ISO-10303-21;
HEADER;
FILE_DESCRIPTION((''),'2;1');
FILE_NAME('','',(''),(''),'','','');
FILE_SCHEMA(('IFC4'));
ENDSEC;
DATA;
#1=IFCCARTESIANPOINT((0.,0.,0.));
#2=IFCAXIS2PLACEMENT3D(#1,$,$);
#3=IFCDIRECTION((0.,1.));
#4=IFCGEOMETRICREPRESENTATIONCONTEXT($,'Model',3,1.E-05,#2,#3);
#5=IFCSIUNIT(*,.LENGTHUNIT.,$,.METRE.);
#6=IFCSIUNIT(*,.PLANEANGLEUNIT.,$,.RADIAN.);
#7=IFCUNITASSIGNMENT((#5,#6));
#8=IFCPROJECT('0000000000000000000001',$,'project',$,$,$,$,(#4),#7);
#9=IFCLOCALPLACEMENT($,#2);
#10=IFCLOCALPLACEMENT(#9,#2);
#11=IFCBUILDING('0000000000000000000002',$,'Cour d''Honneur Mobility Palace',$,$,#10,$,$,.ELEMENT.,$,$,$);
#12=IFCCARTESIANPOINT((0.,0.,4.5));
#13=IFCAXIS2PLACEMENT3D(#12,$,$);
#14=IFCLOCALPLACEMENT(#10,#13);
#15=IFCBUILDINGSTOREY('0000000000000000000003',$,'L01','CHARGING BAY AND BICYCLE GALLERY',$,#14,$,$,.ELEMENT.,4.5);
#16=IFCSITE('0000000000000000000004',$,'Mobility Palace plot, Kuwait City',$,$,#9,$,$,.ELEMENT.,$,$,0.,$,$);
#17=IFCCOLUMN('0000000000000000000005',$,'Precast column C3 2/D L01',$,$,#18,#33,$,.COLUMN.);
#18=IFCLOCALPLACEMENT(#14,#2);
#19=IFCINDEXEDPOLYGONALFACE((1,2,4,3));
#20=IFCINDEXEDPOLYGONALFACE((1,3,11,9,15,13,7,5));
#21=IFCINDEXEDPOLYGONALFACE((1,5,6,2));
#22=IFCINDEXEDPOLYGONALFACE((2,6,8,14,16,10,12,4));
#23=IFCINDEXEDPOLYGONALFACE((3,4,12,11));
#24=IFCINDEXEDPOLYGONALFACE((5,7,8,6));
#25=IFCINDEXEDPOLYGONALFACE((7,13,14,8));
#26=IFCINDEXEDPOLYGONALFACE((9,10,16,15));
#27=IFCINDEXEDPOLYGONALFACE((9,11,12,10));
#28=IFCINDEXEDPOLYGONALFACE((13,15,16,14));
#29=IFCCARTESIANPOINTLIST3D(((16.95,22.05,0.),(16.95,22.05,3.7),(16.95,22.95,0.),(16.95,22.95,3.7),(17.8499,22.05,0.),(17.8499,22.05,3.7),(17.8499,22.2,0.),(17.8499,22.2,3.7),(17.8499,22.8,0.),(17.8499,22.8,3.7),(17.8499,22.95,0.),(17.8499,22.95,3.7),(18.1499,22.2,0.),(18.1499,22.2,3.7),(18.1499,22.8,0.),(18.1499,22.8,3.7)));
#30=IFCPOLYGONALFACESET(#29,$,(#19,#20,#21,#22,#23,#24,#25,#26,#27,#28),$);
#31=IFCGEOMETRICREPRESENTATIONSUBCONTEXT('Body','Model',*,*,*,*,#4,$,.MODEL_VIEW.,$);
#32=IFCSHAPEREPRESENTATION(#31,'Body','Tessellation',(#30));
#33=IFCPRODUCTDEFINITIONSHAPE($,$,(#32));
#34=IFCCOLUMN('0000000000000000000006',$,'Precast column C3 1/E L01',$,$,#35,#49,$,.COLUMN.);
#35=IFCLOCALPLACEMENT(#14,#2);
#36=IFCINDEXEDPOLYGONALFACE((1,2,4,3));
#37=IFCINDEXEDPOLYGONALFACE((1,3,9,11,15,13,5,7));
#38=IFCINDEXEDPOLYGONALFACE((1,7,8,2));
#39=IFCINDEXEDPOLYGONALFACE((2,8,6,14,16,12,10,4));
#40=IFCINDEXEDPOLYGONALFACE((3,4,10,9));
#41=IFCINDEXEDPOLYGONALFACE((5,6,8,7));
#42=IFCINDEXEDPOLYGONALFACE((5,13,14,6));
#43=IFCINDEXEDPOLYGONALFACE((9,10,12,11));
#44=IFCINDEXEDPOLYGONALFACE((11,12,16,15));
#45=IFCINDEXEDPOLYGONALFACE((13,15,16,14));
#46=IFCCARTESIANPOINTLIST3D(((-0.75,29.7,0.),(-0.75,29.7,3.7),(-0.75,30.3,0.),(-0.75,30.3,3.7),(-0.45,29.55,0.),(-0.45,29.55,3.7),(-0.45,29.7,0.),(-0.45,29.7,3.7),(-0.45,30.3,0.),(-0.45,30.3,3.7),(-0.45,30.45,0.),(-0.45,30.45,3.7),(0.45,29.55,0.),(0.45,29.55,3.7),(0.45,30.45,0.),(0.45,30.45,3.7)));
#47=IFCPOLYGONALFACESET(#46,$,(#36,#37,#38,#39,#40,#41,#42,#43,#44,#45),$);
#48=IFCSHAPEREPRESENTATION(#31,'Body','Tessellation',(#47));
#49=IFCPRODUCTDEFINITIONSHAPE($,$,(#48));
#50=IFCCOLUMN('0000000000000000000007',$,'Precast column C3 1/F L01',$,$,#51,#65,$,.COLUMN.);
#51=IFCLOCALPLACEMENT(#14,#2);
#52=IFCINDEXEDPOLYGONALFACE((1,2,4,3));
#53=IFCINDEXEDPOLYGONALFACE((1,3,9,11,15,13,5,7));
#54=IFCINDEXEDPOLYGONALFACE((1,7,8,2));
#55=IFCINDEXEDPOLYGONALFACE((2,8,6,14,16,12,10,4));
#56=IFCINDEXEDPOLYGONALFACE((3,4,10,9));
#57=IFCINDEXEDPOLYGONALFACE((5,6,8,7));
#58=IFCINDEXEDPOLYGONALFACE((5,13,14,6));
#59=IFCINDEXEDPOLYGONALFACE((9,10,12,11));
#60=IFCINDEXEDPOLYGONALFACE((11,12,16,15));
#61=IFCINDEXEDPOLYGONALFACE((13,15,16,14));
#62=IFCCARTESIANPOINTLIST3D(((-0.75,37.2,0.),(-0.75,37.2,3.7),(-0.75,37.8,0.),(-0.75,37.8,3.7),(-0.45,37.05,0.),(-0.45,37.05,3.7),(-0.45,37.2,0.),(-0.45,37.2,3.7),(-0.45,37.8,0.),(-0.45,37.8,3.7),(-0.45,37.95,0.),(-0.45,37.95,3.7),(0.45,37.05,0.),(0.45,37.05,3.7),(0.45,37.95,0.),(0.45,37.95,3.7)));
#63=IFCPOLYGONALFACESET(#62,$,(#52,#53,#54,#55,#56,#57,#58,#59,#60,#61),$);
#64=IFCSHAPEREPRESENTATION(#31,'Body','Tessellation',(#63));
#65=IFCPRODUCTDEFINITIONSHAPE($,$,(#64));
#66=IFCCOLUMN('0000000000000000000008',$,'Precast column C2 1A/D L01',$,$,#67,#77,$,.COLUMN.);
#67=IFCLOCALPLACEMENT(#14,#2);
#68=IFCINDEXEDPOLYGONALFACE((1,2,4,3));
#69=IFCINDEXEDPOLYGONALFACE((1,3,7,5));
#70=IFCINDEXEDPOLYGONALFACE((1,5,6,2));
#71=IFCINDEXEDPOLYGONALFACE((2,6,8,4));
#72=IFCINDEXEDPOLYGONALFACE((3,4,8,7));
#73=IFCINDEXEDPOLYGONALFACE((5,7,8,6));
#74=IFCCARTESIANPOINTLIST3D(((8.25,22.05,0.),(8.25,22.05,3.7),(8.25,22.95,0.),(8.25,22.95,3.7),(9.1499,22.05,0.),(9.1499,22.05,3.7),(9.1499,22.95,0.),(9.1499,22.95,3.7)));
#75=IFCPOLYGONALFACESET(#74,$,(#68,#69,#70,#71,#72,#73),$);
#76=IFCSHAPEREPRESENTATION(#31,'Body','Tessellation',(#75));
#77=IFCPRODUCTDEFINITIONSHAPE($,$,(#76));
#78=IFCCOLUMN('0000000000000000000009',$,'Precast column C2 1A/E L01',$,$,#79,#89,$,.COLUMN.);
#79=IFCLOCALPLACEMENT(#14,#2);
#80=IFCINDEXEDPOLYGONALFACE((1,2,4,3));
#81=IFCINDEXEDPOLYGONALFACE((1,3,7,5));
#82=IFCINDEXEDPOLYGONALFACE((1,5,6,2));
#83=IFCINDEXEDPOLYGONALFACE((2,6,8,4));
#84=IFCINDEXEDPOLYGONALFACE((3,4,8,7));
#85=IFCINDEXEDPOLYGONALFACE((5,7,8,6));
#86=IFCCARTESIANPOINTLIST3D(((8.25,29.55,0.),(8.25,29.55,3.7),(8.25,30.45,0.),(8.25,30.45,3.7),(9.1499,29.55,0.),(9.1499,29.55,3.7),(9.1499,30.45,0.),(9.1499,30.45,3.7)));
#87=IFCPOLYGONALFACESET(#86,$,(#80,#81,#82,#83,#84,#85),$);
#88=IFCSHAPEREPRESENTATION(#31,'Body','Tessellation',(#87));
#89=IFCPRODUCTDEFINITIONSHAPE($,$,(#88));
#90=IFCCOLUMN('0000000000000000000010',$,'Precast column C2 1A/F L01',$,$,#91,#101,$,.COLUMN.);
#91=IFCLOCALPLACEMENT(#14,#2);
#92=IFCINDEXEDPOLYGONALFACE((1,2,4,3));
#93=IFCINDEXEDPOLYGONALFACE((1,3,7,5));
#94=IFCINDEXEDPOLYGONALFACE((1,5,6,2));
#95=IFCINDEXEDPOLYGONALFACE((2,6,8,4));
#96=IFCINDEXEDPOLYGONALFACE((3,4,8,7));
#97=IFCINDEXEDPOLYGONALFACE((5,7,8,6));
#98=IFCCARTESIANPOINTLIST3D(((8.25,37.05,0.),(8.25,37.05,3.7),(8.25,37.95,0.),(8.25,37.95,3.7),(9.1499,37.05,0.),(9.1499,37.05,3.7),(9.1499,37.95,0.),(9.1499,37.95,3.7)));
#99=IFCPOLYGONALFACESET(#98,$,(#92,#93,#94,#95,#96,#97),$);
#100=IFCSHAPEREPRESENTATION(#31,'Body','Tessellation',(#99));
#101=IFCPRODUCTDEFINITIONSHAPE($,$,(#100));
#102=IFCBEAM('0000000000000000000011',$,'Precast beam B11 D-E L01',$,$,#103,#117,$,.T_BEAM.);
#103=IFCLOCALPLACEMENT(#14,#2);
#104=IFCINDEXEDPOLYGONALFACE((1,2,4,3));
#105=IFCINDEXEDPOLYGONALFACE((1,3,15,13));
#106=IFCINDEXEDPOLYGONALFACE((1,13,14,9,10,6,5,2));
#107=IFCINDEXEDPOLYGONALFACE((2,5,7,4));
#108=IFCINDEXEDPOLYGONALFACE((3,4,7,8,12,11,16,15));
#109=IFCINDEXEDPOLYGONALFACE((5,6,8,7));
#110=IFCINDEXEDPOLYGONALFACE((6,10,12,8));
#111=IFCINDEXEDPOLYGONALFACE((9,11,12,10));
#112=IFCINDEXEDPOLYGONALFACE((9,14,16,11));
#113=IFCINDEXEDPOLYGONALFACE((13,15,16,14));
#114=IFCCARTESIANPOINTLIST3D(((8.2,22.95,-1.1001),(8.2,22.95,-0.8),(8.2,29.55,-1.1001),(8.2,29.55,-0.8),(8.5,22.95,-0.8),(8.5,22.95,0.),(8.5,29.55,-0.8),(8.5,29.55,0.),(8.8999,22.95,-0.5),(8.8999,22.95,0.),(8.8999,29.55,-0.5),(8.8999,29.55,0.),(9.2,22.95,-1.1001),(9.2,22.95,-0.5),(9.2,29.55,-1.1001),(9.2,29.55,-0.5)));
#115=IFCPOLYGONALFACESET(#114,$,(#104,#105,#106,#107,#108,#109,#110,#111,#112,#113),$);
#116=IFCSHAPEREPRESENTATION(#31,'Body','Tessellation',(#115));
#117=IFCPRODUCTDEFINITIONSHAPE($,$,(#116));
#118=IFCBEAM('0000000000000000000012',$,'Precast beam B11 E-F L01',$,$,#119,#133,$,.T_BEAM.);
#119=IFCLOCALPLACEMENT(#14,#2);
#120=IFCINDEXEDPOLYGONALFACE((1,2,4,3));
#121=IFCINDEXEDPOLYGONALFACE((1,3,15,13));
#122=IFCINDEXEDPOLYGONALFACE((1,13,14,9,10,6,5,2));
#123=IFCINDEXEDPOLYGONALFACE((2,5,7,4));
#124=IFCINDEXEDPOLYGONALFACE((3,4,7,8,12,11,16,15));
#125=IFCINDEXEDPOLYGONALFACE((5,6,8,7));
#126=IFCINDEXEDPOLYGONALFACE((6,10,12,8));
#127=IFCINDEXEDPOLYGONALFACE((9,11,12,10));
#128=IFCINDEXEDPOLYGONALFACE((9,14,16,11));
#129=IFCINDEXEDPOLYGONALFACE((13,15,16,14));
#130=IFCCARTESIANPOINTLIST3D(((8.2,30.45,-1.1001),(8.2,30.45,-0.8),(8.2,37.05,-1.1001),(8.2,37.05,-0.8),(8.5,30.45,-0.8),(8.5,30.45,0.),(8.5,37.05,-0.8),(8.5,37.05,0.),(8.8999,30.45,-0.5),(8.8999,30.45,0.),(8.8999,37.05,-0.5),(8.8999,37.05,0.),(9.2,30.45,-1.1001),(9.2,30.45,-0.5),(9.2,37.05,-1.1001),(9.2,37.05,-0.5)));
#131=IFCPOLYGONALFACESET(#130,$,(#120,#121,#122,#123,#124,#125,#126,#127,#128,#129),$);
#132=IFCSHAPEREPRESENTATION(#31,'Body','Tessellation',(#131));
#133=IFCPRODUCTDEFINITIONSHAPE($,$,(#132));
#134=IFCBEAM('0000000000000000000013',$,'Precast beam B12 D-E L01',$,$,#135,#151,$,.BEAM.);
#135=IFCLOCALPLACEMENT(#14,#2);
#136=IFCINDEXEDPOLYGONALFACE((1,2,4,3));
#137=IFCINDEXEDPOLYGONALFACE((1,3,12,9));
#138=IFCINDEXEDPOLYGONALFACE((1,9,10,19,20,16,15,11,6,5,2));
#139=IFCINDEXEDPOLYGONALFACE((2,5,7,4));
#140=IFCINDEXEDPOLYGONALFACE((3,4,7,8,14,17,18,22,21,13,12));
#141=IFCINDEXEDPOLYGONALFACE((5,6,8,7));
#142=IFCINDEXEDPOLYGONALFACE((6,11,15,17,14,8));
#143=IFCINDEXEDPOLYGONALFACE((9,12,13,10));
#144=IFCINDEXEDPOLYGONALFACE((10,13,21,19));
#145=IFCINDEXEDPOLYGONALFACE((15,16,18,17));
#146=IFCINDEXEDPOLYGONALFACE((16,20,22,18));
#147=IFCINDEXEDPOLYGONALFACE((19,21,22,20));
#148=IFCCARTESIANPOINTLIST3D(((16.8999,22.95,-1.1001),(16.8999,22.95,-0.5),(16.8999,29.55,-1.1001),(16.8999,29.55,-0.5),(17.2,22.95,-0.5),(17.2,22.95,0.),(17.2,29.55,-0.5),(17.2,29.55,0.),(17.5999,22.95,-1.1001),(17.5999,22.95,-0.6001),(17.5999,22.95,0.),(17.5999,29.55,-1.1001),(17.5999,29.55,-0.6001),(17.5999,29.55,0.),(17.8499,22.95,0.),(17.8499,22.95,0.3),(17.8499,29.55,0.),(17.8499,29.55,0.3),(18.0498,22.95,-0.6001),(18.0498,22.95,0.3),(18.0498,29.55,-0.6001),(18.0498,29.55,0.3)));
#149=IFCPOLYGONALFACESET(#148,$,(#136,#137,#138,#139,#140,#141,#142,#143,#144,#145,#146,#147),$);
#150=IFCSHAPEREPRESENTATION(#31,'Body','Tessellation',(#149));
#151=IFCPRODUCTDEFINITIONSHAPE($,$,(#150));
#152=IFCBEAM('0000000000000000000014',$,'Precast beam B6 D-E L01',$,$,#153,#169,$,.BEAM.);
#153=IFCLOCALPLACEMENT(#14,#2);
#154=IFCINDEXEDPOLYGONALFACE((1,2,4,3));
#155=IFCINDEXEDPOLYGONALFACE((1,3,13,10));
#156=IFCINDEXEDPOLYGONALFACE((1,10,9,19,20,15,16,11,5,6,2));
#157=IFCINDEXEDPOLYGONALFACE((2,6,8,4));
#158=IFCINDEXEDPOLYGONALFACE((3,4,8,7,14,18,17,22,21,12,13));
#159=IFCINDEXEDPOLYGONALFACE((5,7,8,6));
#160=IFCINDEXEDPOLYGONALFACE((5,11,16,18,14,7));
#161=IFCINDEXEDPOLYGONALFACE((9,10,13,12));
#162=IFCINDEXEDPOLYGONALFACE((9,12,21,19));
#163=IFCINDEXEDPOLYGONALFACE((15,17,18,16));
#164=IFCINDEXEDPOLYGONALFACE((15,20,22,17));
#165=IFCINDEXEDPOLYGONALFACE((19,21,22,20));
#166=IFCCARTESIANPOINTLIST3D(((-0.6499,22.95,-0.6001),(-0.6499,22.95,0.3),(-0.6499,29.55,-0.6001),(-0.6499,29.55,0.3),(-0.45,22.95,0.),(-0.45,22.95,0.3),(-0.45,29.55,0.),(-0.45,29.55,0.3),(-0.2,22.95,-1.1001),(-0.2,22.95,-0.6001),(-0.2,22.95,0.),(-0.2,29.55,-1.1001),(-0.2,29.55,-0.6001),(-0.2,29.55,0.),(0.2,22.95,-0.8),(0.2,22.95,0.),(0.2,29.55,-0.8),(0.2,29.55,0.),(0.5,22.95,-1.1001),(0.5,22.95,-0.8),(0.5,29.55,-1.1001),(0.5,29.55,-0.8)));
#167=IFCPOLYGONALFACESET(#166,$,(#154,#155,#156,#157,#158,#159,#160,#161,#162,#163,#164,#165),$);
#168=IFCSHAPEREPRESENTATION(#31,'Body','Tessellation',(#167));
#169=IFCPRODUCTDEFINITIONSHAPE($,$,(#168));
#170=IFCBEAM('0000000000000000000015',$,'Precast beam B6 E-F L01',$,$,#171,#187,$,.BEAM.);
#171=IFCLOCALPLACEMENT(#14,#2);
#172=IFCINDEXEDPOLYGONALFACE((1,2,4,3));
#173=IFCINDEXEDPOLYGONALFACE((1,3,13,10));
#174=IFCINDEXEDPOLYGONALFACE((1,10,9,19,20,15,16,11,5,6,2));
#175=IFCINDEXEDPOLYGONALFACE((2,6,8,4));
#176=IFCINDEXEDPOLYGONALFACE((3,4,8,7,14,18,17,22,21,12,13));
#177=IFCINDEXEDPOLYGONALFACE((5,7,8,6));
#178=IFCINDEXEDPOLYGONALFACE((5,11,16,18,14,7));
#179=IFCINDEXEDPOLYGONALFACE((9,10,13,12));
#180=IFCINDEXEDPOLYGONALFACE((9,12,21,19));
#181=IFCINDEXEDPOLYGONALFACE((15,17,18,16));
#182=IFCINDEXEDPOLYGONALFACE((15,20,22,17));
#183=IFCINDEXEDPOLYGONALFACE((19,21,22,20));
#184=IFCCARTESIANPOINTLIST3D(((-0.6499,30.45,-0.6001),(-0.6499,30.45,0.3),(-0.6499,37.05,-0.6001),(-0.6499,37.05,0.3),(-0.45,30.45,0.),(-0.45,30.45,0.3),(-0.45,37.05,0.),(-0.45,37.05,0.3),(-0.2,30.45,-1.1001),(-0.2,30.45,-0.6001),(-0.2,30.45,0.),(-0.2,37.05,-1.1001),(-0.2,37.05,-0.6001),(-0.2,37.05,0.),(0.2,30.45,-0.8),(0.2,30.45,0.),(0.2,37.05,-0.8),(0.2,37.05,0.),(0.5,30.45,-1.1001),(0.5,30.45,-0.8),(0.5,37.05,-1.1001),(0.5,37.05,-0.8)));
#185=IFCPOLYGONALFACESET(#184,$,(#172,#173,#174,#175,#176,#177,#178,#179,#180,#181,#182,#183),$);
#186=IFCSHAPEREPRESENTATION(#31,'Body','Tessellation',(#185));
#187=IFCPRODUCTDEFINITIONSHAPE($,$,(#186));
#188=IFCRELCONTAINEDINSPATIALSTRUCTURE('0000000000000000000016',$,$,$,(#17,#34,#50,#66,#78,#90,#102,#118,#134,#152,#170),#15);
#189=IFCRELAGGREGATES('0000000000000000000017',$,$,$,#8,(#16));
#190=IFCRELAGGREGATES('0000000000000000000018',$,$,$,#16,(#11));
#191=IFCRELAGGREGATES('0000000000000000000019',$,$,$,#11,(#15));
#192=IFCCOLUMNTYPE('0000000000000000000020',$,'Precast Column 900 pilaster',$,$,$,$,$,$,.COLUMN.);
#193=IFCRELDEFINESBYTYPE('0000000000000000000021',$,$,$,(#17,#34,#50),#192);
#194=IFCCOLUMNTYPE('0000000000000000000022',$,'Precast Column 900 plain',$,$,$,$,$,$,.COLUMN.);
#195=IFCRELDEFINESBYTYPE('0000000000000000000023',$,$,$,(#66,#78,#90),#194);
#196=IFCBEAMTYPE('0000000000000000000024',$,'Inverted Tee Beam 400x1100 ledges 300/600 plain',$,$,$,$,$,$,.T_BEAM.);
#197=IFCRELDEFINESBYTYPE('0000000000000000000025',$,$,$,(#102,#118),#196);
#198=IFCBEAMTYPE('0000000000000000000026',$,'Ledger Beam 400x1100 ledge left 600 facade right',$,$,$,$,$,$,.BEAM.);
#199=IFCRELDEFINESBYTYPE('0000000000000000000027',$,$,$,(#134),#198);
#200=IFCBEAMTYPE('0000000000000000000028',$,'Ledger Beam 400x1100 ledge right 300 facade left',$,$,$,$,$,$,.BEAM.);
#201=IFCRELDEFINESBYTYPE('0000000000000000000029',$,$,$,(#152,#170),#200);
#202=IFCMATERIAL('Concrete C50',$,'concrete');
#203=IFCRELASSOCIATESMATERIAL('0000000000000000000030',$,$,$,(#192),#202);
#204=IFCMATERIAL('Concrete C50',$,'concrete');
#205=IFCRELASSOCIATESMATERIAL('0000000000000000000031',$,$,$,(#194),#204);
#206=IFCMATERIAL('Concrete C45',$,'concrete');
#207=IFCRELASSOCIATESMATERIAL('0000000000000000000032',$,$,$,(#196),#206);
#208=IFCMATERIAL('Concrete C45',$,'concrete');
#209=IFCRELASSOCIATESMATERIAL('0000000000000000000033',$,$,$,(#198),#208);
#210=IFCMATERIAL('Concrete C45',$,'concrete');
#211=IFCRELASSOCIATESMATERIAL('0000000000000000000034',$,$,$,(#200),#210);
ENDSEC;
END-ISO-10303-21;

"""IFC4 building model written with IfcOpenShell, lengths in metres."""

from ifc_helpers import new_model, si_unit, direction, frame, origin, place, context, subcontext, project, spatial, polyline, outline, extrude, material, material_profile, profile_set, type_object, element, save


model = new_model("IFC4")

# Units and contexts
model_context = context("Model", 3, precision=1e-05, world=origin(), true_north=direction((0.0, 1.0)))
body_context = subcontext(model_context, "Body", "Model", "MODEL_VIEW")
ifc_project = project(units=[si_unit("LENGTHUNIT", "METRE"), si_unit("PLANEANGLEUNIT", "RADIAN")], contexts=[model_context])

# Site, building, storey
site_placement = place(None, origin())
site = spatial("IfcSite", under=ifc_project, at=site_placement, Name="Mobility Palace plot, Kuwait City", CompositionType="ELEMENT", RefElevation=0.0)
building_placement = place(site_placement, origin())
building = spatial("IfcBuilding", under=site, at=building_placement, Name="Cour d'Honneur Mobility Palace", CompositionType="ELEMENT")
storey_placement = place(building_placement, frame((0.0, 0.0, 4.5)))
storey = spatial("IfcBuildingStorey", under=building, at=storey_placement, Name="L01", Description="CHARGING BAY AND BICYCLE GALLERY", CompositionType="ELEMENT", Elevation=4.5)

# Columns
ifc_material_1 = material(Name="Concrete C50", Category="concrete")
ifc_material_profile_1 = material_profile(ifc_material_1, outline(polyline([(-0.45, -0.45), (0.45, -0.45), (0.45, -0.3), (0.75, -0.3), (0.75, 0.3), (0.45, 0.3), (0.45, 0.45), (-0.45, 0.45), (-0.45, -0.45)])), Name="PC C900 pilaster")
ifc_profile_set_1 = profile_set([ifc_material_profile_1], Name="Concrete C50")
column_type_1 = type_object("IfcColumnType", Name="Precast Column 900 pilaster", PredefinedType="COLUMN", material=ifc_profile_set_1)
for number, where, z_axis, x_axis, name in (
    (1, (17.3999, 22.5, 0.0), (0.0, 0.0, 1.0), (1.0, 0.0, 0.0), "Precast column C3 2/D L01"),
    (2, (0.0, 30.0, 0.0), (0.0, 0.0, 1.0), (-1.0, 0.0, 0.0), "Precast column C3 1/E L01"),
    (3, (0.0, 37.5, 0.0), (0.0, 0.0, 1.0), (-1.0, 0.0, 0.0), "Precast column C3 1/F L01"),
):
    element("IfcColumn", number, at=place(storey_placement, frame(where, z_axis=z_axis, x_axis=x_axis)), inside=storey, type_object=column_type_1, Name=name, PredefinedType="COLUMN", context=body_context, shape_type="SweptSolid", body=[
        extrude(outline(polyline([(-0.45, -0.45), (0.45, -0.45), (0.45, -0.3), (0.75, -0.3), (0.75, 0.3), (0.45, 0.3), (0.45, 0.45), (-0.45, 0.45), (-0.45, -0.45)])), origin(), (0.0, 0.0, 1.0), 3.7),
    ])
ifc_material_2 = material(Name="Concrete C50", Category="concrete")
ifc_material_profile_2 = material_profile(ifc_material_2, outline(polyline([(-0.45, -0.45), (0.45, -0.45), (0.45, 0.45), (-0.45, 0.45), (-0.45, -0.45)])), Name="PC C900 plain")
ifc_profile_set_2 = profile_set([ifc_material_profile_2], Name="Concrete C50")
column_type_2 = type_object("IfcColumnType", Name="Precast Column 900 plain", PredefinedType="COLUMN", material=ifc_profile_set_2)
for number, where, z_axis, x_axis, name in (
    (4, (8.7, 22.5, 0.0), (0.0, 0.0, 1.0), (1.0, 0.0, 0.0), "Precast column C2 1A/D L01"),
    (5, (8.7, 30.0, 0.0), (0.0, 0.0, 1.0), (1.0, 0.0, 0.0), "Precast column C2 1A/E L01"),
    (6, (8.7, 37.5, 0.0), (0.0, 0.0, 1.0), (1.0, 0.0, 0.0), "Precast column C2 1A/F L01"),
):
    element("IfcColumn", number, at=place(storey_placement, frame(where, z_axis=z_axis, x_axis=x_axis)), inside=storey, type_object=column_type_2, Name=name, PredefinedType="COLUMN", context=body_context, shape_type="SweptSolid", body=[
        extrude(outline(polyline([(-0.45, -0.45), (0.45, -0.45), (0.45, 0.45), (-0.45, 0.45), (-0.45, -0.45)])), origin(), (0.0, 0.0, 1.0), 3.7),
    ])

# Beams
ifc_material_3 = material(Name="Concrete C45", Category="concrete")
ifc_material_profile_3 = material_profile(ifc_material_3, outline(polyline([(0.5, -1.1001), (0.5, -0.8), (0.2, -0.8), (0.2, 0.0), (-0.2, 0.0), (-0.2, -0.5), (-0.5, -0.5), (-0.5, -1.1001), (0.5, -1.1001)])), Name="Inverted Tee Beam 400x1100 ledges 300/600 plain")
ifc_profile_set_3 = profile_set([ifc_material_profile_3], Name="Concrete C45")
beam_type_1 = type_object("IfcBeamType", Name="Inverted Tee Beam 400x1100 ledges 300/600 plain", PredefinedType="T_BEAM", material=ifc_profile_set_3)
for number, where, z_axis, x_axis, name in (
    (7, (8.7, 22.95, 0.0), (0.0, 1.0, 0.0), (-1.0, 0.0, 0.0), "Precast beam B11 D-E L01"),
    (8, (8.7, 30.45, 0.0), (0.0, 1.0, 0.0), (-1.0, 0.0, 0.0), "Precast beam B11 E-F L01"),
):
    element("IfcBeam", number, at=place(storey_placement, frame(where, z_axis=z_axis, x_axis=x_axis)), inside=storey, type_object=beam_type_1, Name=name, PredefinedType="T_BEAM", context=body_context, shape_type="SweptSolid", body=[
        extrude(outline(polyline([(0.5, -1.1001), (0.5, -0.8), (0.2, -0.8), (0.2, 0.0), (-0.2, 0.0), (-0.2, -0.5), (-0.5, -0.5), (-0.5, -1.1001), (0.5, -1.1001)])), origin(), (0.0, 0.0, 1.0), 6.6001),
    ])
ifc_material_4 = material(Name="Concrete C45", Category="concrete")
ifc_material_profile_4 = material_profile(ifc_material_4, outline(polyline([(0.5, -1.1001), (0.5, -0.5), (0.2, -0.5), (0.2, 0.0), (-0.2, 0.0), (-0.45, 0.0), (-0.45, 0.3), (-0.6499, 0.3), (-0.6499, -0.6001), (-0.2, -0.6001), (-0.2, -1.1001), (0.5, -1.1001)])), Name="Ledger Beam 400x1100 ledge left 600 facade right")
ifc_profile_set_4 = profile_set([ifc_material_profile_4], Name="Concrete C45")
beam_type_2 = type_object("IfcBeamType", Name="Ledger Beam 400x1100 ledge left 600 facade right", PredefinedType="BEAM", material=ifc_profile_set_4)
beam_placement = place(storey_placement, frame((17.3999, 22.95, 0.0), z_axis=(0.0, 1.0, 0.0), x_axis=(-1.0, 0.0, 0.0)))
element("IfcBeam", 9, at=beam_placement, inside=storey, type_object=beam_type_2, Name="Precast beam B12 D-E L01", PredefinedType="BEAM", context=body_context, shape_type="SweptSolid", body=[
    extrude(outline(polyline([(0.5, -1.1001), (0.5, -0.5), (0.2, -0.5), (0.2, 0.0), (-0.2, 0.0), (-0.45, 0.0), (-0.45, 0.3), (-0.6499, 0.3), (-0.6499, -0.6001), (-0.2, -0.6001), (-0.2, -1.1001), (0.5, -1.1001)])), origin(), (0.0, 0.0, 1.0), 6.6001),
])
ifc_material_5 = material(Name="Concrete C45", Category="concrete")
ifc_material_profile_5 = material_profile(ifc_material_5, outline(polyline([(0.2, -1.1001), (0.2, -0.6001), (0.6499, -0.6001), (0.6499, 0.3), (0.45, 0.3), (0.45, 0.0), (0.2, 0.0), (-0.2, 0.0), (-0.2, -0.8), (-0.5, -0.8), (-0.5, -1.1001), (0.2, -1.1001)])), Name="Ledger Beam 400x1100 ledge right 300 facade left")
ifc_profile_set_5 = profile_set([ifc_material_profile_5], Name="Concrete C45")
beam_type_3 = type_object("IfcBeamType", Name="Ledger Beam 400x1100 ledge right 300 facade left", PredefinedType="BEAM", material=ifc_profile_set_5)
for number, where, z_axis, x_axis, name in (
    (10, (0.0, 22.95, 0.0), (0.0, 1.0, 0.0), (-1.0, 0.0, 0.0), "Precast beam B6 D-E L01"),
    (11, (0.0, 30.45, 0.0), (0.0, 1.0, 0.0), (-1.0, 0.0, 0.0), "Precast beam B6 E-F L01"),
):
    element("IfcBeam", number, at=place(storey_placement, frame(where, z_axis=z_axis, x_axis=x_axis)), inside=storey, type_object=beam_type_3, Name=name, PredefinedType="BEAM", context=body_context, shape_type="SweptSolid", body=[
        extrude(outline(polyline([(0.2, -1.1001), (0.2, -0.6001), (0.6499, -0.6001), (0.6499, 0.3), (0.45, 0.3), (0.45, 0.0), (0.2, 0.0), (-0.2, 0.0), (-0.2, -0.8), (-0.5, -0.8), (-0.5, -1.1001), (0.2, -1.1001)])), origin(), (0.0, 0.0, 1.0), 6.6001),
    ])

save(model, "model.ifc")
